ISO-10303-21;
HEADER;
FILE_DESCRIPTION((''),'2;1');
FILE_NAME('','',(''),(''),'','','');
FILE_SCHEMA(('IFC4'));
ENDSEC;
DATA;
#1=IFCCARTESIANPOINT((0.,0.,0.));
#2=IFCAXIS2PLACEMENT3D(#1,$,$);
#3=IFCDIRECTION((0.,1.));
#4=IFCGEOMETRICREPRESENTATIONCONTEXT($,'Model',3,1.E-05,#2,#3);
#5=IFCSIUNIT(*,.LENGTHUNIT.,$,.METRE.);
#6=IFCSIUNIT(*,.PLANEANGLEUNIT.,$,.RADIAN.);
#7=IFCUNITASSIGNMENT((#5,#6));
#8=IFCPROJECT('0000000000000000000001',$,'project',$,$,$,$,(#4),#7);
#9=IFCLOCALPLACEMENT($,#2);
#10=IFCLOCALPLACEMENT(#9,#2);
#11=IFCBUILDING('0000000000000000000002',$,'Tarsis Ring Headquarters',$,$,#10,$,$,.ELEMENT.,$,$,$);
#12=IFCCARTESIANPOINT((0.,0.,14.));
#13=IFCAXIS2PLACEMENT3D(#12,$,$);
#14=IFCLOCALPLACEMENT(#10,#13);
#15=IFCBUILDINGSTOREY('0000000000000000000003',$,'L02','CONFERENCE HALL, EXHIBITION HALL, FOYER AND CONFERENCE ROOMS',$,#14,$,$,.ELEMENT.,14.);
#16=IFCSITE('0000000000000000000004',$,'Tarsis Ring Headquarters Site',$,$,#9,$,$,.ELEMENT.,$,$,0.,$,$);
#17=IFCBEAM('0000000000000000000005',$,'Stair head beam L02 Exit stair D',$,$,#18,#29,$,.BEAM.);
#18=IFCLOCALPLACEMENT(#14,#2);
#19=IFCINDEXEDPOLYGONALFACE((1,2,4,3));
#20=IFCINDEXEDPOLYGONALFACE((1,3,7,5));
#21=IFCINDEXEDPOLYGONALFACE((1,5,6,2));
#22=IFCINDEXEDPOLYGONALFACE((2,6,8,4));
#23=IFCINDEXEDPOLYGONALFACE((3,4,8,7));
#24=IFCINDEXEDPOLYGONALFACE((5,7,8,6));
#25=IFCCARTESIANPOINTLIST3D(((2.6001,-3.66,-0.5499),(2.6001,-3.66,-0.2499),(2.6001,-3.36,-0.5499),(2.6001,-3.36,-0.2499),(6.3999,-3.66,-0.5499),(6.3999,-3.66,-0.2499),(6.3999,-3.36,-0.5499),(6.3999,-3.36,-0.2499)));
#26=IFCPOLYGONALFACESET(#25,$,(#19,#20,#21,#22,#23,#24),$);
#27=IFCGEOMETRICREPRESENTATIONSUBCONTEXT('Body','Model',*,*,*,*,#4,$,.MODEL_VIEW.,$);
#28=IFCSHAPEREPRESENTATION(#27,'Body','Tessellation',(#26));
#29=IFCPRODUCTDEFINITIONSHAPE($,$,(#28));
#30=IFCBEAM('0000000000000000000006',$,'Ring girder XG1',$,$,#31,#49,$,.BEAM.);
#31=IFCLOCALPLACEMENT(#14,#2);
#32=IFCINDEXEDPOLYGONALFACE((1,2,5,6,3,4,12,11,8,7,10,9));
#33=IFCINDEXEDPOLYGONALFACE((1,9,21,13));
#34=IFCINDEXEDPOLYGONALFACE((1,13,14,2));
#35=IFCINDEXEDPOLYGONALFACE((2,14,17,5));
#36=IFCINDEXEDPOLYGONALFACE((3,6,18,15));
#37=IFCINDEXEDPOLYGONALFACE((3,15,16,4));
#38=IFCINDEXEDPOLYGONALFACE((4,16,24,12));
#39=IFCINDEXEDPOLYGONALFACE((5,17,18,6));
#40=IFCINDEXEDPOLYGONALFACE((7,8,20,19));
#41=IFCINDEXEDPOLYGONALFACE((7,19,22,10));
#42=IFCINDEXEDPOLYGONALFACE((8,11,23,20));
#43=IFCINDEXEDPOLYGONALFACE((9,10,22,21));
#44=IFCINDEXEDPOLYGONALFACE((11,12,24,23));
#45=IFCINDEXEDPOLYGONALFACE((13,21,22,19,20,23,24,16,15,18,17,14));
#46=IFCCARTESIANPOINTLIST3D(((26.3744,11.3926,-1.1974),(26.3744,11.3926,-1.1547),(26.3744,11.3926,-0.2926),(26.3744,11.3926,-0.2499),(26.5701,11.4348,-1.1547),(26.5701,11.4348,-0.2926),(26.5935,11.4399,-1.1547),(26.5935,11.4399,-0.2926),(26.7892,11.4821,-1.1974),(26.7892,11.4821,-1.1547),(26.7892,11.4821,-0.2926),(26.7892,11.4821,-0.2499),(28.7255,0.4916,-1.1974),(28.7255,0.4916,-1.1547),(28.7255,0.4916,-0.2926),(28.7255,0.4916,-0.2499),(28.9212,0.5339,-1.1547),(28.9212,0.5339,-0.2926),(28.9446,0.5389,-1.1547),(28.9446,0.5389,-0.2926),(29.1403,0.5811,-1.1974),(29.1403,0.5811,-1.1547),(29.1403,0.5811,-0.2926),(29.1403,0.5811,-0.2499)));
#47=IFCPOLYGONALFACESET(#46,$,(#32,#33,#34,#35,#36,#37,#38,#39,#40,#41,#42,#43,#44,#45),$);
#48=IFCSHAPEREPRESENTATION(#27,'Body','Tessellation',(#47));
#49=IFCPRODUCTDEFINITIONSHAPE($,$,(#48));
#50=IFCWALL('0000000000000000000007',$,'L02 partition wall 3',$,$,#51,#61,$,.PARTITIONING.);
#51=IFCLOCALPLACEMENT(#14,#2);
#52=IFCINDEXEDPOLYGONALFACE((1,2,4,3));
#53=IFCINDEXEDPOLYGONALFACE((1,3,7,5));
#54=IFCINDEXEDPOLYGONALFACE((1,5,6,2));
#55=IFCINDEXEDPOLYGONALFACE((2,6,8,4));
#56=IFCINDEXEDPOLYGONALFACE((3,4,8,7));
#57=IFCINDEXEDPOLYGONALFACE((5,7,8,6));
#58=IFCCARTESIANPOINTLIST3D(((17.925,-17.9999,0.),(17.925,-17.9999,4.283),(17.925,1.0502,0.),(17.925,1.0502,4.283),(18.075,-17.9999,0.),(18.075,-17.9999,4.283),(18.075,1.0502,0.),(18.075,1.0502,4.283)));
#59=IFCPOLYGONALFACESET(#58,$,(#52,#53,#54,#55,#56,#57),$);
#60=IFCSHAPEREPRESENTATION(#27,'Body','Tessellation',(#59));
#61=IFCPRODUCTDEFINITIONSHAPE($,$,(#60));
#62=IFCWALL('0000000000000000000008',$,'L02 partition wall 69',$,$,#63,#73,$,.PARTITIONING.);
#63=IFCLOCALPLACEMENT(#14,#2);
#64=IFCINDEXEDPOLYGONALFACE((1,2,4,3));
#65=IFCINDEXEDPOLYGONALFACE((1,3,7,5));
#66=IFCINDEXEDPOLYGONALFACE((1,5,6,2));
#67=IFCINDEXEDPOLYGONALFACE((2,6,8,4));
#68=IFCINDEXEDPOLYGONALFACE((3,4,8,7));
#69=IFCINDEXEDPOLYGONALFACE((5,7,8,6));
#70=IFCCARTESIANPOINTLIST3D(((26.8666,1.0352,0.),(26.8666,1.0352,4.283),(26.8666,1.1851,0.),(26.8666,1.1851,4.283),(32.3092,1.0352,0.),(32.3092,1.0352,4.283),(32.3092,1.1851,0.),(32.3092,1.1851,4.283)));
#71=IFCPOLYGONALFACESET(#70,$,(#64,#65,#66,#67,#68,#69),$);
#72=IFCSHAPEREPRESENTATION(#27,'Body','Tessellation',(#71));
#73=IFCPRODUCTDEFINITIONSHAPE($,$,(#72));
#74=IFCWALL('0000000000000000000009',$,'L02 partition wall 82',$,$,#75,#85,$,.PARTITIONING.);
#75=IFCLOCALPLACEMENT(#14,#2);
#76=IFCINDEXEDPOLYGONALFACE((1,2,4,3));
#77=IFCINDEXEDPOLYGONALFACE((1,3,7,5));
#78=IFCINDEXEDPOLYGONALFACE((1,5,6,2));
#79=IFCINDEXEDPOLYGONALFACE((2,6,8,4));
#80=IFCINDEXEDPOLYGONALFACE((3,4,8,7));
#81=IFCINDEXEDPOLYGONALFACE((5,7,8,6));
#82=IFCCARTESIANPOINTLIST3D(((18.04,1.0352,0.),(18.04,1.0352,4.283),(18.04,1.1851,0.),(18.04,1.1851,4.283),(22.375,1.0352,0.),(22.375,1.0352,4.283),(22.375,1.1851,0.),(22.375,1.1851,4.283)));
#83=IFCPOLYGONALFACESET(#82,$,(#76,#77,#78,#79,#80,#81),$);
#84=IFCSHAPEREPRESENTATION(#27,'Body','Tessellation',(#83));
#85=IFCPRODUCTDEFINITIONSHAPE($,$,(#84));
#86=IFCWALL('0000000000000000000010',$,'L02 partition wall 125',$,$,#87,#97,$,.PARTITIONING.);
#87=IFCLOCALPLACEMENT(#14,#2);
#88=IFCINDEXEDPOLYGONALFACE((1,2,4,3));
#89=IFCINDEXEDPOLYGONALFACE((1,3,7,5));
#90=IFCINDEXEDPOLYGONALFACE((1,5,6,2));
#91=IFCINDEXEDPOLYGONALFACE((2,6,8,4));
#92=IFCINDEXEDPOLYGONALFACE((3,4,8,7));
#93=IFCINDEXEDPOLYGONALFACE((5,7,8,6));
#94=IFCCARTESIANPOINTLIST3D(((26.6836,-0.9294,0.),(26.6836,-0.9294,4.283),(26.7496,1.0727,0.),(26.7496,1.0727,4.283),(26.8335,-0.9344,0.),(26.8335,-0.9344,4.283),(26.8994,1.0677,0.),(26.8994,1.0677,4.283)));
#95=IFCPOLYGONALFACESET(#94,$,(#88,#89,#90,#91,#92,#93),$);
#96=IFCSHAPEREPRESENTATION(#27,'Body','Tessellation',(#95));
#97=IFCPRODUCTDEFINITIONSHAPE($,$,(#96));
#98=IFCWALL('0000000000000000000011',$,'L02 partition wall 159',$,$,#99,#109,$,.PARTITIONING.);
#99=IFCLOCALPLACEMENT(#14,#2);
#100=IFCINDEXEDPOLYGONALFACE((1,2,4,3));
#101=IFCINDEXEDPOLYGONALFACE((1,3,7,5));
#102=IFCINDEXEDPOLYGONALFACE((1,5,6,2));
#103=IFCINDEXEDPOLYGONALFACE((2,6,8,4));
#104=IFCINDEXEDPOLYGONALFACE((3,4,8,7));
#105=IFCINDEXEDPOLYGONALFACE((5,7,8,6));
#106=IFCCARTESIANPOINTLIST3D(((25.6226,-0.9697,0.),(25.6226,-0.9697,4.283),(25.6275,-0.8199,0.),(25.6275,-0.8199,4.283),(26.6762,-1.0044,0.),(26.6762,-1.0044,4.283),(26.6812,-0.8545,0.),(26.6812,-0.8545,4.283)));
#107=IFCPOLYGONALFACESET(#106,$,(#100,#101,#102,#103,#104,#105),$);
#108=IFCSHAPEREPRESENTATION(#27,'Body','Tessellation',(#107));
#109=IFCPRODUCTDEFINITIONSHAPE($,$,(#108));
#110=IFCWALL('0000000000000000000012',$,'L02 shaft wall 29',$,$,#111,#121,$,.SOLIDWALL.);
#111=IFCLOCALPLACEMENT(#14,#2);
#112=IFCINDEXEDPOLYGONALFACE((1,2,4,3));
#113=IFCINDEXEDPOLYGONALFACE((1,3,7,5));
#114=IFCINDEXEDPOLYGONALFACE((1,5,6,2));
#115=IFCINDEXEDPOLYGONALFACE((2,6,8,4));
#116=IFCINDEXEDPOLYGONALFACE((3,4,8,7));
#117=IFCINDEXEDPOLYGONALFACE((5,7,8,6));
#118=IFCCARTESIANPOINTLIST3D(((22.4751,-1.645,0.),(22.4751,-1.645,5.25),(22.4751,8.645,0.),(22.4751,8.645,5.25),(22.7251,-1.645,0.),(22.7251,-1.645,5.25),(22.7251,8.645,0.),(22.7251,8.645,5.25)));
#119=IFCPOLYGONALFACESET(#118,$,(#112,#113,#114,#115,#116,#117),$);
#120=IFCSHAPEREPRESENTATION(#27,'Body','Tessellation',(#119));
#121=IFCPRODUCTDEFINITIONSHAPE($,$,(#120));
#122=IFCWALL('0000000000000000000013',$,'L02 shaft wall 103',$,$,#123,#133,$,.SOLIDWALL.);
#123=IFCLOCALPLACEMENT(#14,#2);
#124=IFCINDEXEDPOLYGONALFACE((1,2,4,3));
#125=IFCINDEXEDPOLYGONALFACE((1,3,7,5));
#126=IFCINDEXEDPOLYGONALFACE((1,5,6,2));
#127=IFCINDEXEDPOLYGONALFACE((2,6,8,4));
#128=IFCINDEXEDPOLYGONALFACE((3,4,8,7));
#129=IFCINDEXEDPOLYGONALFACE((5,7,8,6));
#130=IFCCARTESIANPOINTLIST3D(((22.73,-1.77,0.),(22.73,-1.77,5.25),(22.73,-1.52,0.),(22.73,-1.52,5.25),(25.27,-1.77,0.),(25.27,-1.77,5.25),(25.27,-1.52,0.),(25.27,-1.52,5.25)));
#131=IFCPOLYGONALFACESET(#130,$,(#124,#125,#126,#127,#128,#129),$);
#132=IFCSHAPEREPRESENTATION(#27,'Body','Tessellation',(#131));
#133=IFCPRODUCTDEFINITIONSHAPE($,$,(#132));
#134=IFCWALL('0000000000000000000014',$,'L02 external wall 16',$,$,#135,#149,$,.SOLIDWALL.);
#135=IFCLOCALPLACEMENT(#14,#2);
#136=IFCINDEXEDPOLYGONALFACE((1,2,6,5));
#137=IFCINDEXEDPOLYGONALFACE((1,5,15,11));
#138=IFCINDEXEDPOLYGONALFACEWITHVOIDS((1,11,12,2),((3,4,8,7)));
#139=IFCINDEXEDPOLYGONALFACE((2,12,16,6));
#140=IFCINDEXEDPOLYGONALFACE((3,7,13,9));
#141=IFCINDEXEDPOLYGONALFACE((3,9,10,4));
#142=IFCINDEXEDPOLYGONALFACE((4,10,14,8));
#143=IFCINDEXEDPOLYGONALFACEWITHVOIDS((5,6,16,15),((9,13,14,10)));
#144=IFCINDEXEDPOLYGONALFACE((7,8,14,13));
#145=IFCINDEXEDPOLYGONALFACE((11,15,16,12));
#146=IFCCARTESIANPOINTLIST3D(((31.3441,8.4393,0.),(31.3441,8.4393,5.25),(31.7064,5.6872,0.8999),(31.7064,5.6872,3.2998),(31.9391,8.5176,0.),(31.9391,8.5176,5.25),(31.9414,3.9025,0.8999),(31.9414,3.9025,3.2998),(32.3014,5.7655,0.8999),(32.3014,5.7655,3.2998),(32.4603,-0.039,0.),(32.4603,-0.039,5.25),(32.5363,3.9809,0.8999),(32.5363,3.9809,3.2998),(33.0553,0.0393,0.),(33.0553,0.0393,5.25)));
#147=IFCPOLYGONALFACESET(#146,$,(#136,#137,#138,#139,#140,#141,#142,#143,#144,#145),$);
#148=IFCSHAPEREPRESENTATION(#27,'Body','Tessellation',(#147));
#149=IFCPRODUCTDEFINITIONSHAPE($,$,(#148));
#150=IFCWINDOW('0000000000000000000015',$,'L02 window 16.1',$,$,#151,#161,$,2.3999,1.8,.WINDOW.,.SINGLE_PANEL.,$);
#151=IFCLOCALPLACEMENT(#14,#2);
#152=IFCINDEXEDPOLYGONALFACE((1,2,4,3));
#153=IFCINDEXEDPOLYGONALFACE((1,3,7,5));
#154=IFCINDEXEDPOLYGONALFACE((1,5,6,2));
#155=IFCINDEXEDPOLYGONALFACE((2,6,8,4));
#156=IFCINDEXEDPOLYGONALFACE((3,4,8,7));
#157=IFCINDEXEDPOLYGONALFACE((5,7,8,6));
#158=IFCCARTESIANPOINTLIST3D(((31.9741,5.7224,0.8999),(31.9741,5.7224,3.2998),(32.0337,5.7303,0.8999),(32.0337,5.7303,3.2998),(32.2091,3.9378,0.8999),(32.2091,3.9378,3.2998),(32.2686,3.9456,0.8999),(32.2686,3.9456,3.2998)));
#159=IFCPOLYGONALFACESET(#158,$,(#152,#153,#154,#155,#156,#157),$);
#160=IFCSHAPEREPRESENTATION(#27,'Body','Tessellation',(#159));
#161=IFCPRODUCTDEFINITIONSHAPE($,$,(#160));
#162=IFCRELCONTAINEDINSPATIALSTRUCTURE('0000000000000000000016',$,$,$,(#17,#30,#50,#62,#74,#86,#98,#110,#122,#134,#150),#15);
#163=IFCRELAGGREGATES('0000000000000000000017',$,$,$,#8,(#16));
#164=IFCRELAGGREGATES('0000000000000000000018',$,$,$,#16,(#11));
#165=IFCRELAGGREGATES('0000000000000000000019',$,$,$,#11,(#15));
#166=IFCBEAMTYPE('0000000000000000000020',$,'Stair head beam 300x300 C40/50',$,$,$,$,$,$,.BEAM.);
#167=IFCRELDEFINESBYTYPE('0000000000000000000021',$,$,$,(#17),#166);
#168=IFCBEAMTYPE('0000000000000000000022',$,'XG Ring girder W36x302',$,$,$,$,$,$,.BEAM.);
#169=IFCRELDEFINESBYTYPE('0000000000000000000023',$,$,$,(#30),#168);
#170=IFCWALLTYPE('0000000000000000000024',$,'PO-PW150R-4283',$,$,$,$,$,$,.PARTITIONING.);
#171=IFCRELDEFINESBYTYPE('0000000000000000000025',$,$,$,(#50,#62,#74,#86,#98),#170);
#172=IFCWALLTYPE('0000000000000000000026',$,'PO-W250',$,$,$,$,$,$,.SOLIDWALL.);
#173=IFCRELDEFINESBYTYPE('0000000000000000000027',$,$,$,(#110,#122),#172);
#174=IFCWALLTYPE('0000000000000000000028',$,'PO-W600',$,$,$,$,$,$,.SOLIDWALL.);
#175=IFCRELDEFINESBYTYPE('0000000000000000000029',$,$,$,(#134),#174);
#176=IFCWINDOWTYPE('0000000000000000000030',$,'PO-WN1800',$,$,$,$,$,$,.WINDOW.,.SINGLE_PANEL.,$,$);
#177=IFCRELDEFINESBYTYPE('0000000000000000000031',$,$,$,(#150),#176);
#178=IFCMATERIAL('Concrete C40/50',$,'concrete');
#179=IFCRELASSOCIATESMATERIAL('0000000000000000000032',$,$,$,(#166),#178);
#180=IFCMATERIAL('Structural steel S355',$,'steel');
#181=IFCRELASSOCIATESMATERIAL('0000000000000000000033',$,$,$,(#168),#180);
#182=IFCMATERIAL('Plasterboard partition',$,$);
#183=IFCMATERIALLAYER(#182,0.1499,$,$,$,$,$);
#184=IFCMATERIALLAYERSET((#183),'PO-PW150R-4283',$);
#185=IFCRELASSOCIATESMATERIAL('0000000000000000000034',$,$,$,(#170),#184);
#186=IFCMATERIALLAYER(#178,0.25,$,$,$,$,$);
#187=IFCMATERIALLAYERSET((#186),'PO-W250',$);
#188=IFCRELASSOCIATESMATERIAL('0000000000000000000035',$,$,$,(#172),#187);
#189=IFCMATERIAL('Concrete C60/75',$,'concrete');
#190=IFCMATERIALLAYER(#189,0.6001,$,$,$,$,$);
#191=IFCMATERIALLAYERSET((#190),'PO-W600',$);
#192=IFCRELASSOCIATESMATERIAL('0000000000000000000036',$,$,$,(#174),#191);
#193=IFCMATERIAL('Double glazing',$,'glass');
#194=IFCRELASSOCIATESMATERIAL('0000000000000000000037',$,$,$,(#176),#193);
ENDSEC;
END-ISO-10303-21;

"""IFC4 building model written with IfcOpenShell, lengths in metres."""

from ifc_helpers import new_model, si_unit, direction, frame, frame_2d, origin, origin_2d, place, context, subcontext, project, spatial, rectangle, i_section, extrude, material, layer, layer_set, material_profile, profile_set, type_object, element, fill, save


model = new_model("IFC4")

# Units and contexts
model_context = context("Model", 3, precision=1e-05, world=origin(), true_north=direction((0.0, 1.0)))
body_context = subcontext(model_context, "Body", "Model", "MODEL_VIEW")
ifc_project = project(units=[si_unit("LENGTHUNIT", "METRE"), si_unit("PLANEANGLEUNIT", "RADIAN")], contexts=[model_context])

# Site, building, storey
site_placement = place(None, origin())
site = spatial("IfcSite", under=ifc_project, at=site_placement, Name="Tarsis Ring Headquarters Site", CompositionType="ELEMENT", RefElevation=0.0)
building_placement = place(site_placement, origin())
building = spatial("IfcBuilding", under=site, at=building_placement, Name="Tarsis Ring Headquarters", CompositionType="ELEMENT")
storey_placement = place(building_placement, frame((0.0, 0.0, 14.0)))
storey = spatial("IfcBuildingStorey", under=building, at=storey_placement, Name="L02", Description="CONFERENCE HALL, EXHIBITION HALL, FOYER AND CONFERENCE ROOMS", CompositionType="ELEMENT", Elevation=14.0)

# Shared definitions
ifc_material_1 = material(Name="Concrete C60/75", Category="concrete")

# Beams
ifc_material_2 = material(Name="Concrete C40/50", Category="concrete")
ifc_material_profile_1 = material_profile(ifc_material_2, rectangle(XDim=0.3, YDim=0.3, at=origin_2d()), Name="Stair head beam 300x300 C40/50")
ifc_profile_set_1 = profile_set([ifc_material_profile_1], Name="Concrete C40/50")
beam_type_1 = type_object("IfcBeamType", Name="Stair head beam 300x300 C40/50", PredefinedType="BEAM", material=ifc_profile_set_1)
beam_1_placement = place(storey_placement, frame((2.6001, -3.51, -0.3999), z_axis=(1.0, 0.0, 0.0), x_axis=(0.0, 1.0, 0.0)))
element("IfcBeam", 1, at=beam_1_placement, inside=storey, type_object=beam_type_1, Name="Stair head beam L02 Exit stair D", PredefinedType="BEAM", context=body_context, shape_type="SweptSolid", body=[
    extrude(rectangle(XDim=0.3, YDim=0.3, at=origin_2d()), origin(), (0.0, 0.0, 1.0), 3.7998),
])
ifc_material_3 = material(Name="Structural steel S355", Category="steel")
ifc_material_profile_2 = material_profile(ifc_material_3, i_section(OverallWidth=0.4243, OverallDepth=0.9475, WebThickness=0.0239, FlangeThickness=0.0427, at=origin_2d()), Name="W36x302")
ifc_profile_set_2 = profile_set([ifc_material_profile_2], Name="Structural steel S355")
beam_type_2 = type_object("IfcBeamType", Name="XG Ring girder W36x302", PredefinedType="BEAM", material=ifc_profile_set_2)
beam_2_placement = place(storey_placement, frame((28.9329, 0.5364, -0.7236), z_axis=(-0.21083, 0.977523, 0.0), x_axis=(-0.977523, -0.21083, 0.0)))
element("IfcBeam", 2, at=beam_2_placement, inside=storey, type_object=beam_type_2, Name="Ring girder XG1", PredefinedType="BEAM", context=body_context, shape_type="SweptSolid", body=[
    extrude(i_section(OverallWidth=0.4243, OverallDepth=0.9475, WebThickness=0.0239, FlangeThickness=0.0427, at=origin_2d()), origin(), (0.0, 0.0, 1.0), 11.1516),
])

# Walls
ifc_material_4 = material(Name="Plasterboard partition")
ifc_layer_1 = layer(ifc_material_4, 0.1499)
ifc_layer_set_1 = layer_set([ifc_layer_1], Name="PO-PW150R-4283")
wall_type_1 = type_object("IfcWallType", Name="PO-PW150R-4283", PredefinedType="PARTITIONING", material=ifc_layer_set_1)
wall_1_placement = place(storey_placement, frame((18.0, 1.05, 0.0), z_axis=(0.0, 0.0, 1.0), x_axis=(0.0, -1.0, 0.0)))
element("IfcWall", 3, at=wall_1_placement, inside=storey, type_object=wall_type_1, Name="L02 partition wall 3", PredefinedType="PARTITIONING", context=body_context, shape_type="SweptSolid", body=[
    extrude(rectangle(XDim=19.05, YDim=0.1499, at=frame_2d((9.5249, 0.0))), origin(), (0.0, 0.0, 1.0), 4.283),
])
wall_2_placement = place(storey_placement, frame((32.3091, 1.1101, 0.0), z_axis=(0.0, 0.0, 1.0), x_axis=(-1.0, 0.0, 0.0)))
element("IfcWall", 4, at=wall_2_placement, inside=storey, type_object=wall_type_1, Name="L02 partition wall 69", PredefinedType="PARTITIONING", context=body_context, shape_type="SweptSolid", body=[
    extrude(rectangle(XDim=5.4426, YDim=0.1499, at=frame_2d((2.7212, 0.0))), origin(), (0.0, 0.0, 1.0), 4.283),
])
wall_3_placement = place(storey_placement, frame((22.375, 1.1101, 0.0), z_axis=(0.0, 0.0, 1.0), x_axis=(-1.0, 0.0, 0.0)))
element("IfcWall", 5, at=wall_3_placement, inside=storey, type_object=wall_type_1, Name="L02 partition wall 82", PredefinedType="PARTITIONING", context=body_context, shape_type="SweptSolid", body=[
    extrude(rectangle(XDim=4.335, YDim=0.1499, at=frame_2d((2.1675, 0.0))), origin(), (0.0, 0.0, 1.0), 4.283),
])
wall_4_placement = place(storey_placement, frame((26.8245, 1.0701, 0.0), z_axis=(0.0, 0.0, 1.0), x_axis=(-0.032905, -0.999458, 0.0)))
element("IfcWall", 6, at=wall_4_placement, inside=storey, type_object=wall_type_1, Name="L02 partition wall 125", PredefinedType="PARTITIONING", context=body_context, shape_type="SweptSolid", body=[
    extrude(rectangle(XDim=2.0032, YDim=0.1499, at=frame_2d((1.0015, 0.0))), origin(), (0.0, 0.0, 1.0), 4.283),
])
wall_5_placement = place(storey_placement, frame((26.6787, -0.9294, 0.0), z_axis=(0.0, 0.0, 1.0), x_axis=(-0.999459, 0.032883, 0.0)))
element("IfcWall", 7, at=wall_5_placement, inside=storey, type_object=wall_type_1, Name="L02 partition wall 159", PredefinedType="PARTITIONING", context=body_context, shape_type="SweptSolid", body=[
    extrude(rectangle(XDim=1.0542, YDim=0.1499, at=frame_2d((0.5271, 0.0))), origin(), (0.0, 0.0, 1.0), 4.283),
])
ifc_layer_2 = layer(ifc_material_2, 0.25)
ifc_layer_set_2 = layer_set([ifc_layer_2], Name="PO-W250")
wall_type_2 = type_object("IfcWallType", Name="PO-W250", PredefinedType="SOLIDWALL", material=ifc_layer_set_2)
wall_6_placement = place(storey_placement, frame((22.6001, -1.645, 0.0), z_axis=(0.0, 0.0, 1.0), x_axis=(0.0, 1.0, 0.0)))
element("IfcWall", 8, at=wall_6_placement, inside=storey, type_object=wall_type_2, Name="L02 shaft wall 29", PredefinedType="SOLIDWALL", context=body_context, shape_type="SweptSolid", body=[
    extrude(rectangle(XDim=10.29, YDim=0.25, at=frame_2d((5.145, 0.0))), origin(), (0.0, 0.0, 1.0), 5.25),
])
wall_7_placement = place(storey_placement, frame((25.27, -1.645, 0.0), z_axis=(0.0, 0.0, 1.0), x_axis=(-1.0, 0.0, 0.0)))
element("IfcWall", 9, at=wall_7_placement, inside=storey, type_object=wall_type_2, Name="L02 shaft wall 103", PredefinedType="SOLIDWALL", context=body_context, shape_type="SweptSolid", body=[
    extrude(rectangle(XDim=2.54, YDim=0.25, at=frame_2d((1.27, 0.0))), origin(), (0.0, 0.0, 1.0), 5.25),
])

# Wall, opening, window
ifc_layer_3 = layer(ifc_material_1, 0.6001)
ifc_layer_set_3 = layer_set([ifc_layer_3], Name="PO-W600")
wall_type_3 = type_object("IfcWallType", Name="PO-W600", PredefinedType="SOLIDWALL", material=ifc_layer_set_3)
wall_8_placement = place(storey_placement, frame((32.7578, 0.0, 0.0), z_axis=(0.0, 0.0, 1.0), x_axis=(-0.130529, 0.991444, 0.0)))
wall_8 = element("IfcWall", 10, at=wall_8_placement, inside=storey, type_object=wall_type_3, Name="L02 external wall 16", PredefinedType="SOLIDWALL", context=body_context, shape_type="SweptSolid", body=[
    extrude(rectangle(XDim=8.5515, YDim=0.6001, at=frame_2d((4.2759, 0.0))), origin(), (0.0, 0.0, 1.0), 5.25),
])
opening_placement = place(wall_8_placement, frame((3.9758, 0.0, 0.8999)))
opening = element("IfcOpeningElement", 11, at=opening_placement, cuts=wall_8, PredefinedType="OPENING", context=body_context, shape_type="SweptSolid", body=[
    extrude(rectangle(XDim=1.8, YDim=2.3999, at=frame_2d((0.8999, 1.2))), frame((0.0, 0.3101, 0.0), z_axis=(0.0, -1.0, 0.0), x_axis=(1.0, 0.0, 0.0)), (0.0, 0.0, 1.0), 0.6201),
])
ifc_material_5 = material(Name="Double glazing", Category="glass")
window_type = type_object("IfcWindowType", Name="PO-WN1800", PartitioningType="SINGLE_PANEL", PredefinedType="WINDOW", material=ifc_material_5)
window_placement = place(opening_placement, origin())
window = element("IfcWindow", 12, at=window_placement, inside=storey, type_object=window_type, Name="L02 window 16.1", OverallHeight=2.3999, OverallWidth=1.8, PartitioningType="SINGLE_PANEL", PredefinedType="WINDOW", context=body_context, shape_type="SweptSolid", body=[
    extrude(rectangle(XDim=1.8, YDim=2.3999, at=frame_2d((0.8999, 1.2))), frame((0.0, 0.03, 0.0), z_axis=(0.0, -1.0, 0.0), x_axis=(1.0, 0.0, 0.0)), (0.0, 0.0, 1.0), 0.0601),
])
fill(opening, window)

save(model, "model.ifc")
